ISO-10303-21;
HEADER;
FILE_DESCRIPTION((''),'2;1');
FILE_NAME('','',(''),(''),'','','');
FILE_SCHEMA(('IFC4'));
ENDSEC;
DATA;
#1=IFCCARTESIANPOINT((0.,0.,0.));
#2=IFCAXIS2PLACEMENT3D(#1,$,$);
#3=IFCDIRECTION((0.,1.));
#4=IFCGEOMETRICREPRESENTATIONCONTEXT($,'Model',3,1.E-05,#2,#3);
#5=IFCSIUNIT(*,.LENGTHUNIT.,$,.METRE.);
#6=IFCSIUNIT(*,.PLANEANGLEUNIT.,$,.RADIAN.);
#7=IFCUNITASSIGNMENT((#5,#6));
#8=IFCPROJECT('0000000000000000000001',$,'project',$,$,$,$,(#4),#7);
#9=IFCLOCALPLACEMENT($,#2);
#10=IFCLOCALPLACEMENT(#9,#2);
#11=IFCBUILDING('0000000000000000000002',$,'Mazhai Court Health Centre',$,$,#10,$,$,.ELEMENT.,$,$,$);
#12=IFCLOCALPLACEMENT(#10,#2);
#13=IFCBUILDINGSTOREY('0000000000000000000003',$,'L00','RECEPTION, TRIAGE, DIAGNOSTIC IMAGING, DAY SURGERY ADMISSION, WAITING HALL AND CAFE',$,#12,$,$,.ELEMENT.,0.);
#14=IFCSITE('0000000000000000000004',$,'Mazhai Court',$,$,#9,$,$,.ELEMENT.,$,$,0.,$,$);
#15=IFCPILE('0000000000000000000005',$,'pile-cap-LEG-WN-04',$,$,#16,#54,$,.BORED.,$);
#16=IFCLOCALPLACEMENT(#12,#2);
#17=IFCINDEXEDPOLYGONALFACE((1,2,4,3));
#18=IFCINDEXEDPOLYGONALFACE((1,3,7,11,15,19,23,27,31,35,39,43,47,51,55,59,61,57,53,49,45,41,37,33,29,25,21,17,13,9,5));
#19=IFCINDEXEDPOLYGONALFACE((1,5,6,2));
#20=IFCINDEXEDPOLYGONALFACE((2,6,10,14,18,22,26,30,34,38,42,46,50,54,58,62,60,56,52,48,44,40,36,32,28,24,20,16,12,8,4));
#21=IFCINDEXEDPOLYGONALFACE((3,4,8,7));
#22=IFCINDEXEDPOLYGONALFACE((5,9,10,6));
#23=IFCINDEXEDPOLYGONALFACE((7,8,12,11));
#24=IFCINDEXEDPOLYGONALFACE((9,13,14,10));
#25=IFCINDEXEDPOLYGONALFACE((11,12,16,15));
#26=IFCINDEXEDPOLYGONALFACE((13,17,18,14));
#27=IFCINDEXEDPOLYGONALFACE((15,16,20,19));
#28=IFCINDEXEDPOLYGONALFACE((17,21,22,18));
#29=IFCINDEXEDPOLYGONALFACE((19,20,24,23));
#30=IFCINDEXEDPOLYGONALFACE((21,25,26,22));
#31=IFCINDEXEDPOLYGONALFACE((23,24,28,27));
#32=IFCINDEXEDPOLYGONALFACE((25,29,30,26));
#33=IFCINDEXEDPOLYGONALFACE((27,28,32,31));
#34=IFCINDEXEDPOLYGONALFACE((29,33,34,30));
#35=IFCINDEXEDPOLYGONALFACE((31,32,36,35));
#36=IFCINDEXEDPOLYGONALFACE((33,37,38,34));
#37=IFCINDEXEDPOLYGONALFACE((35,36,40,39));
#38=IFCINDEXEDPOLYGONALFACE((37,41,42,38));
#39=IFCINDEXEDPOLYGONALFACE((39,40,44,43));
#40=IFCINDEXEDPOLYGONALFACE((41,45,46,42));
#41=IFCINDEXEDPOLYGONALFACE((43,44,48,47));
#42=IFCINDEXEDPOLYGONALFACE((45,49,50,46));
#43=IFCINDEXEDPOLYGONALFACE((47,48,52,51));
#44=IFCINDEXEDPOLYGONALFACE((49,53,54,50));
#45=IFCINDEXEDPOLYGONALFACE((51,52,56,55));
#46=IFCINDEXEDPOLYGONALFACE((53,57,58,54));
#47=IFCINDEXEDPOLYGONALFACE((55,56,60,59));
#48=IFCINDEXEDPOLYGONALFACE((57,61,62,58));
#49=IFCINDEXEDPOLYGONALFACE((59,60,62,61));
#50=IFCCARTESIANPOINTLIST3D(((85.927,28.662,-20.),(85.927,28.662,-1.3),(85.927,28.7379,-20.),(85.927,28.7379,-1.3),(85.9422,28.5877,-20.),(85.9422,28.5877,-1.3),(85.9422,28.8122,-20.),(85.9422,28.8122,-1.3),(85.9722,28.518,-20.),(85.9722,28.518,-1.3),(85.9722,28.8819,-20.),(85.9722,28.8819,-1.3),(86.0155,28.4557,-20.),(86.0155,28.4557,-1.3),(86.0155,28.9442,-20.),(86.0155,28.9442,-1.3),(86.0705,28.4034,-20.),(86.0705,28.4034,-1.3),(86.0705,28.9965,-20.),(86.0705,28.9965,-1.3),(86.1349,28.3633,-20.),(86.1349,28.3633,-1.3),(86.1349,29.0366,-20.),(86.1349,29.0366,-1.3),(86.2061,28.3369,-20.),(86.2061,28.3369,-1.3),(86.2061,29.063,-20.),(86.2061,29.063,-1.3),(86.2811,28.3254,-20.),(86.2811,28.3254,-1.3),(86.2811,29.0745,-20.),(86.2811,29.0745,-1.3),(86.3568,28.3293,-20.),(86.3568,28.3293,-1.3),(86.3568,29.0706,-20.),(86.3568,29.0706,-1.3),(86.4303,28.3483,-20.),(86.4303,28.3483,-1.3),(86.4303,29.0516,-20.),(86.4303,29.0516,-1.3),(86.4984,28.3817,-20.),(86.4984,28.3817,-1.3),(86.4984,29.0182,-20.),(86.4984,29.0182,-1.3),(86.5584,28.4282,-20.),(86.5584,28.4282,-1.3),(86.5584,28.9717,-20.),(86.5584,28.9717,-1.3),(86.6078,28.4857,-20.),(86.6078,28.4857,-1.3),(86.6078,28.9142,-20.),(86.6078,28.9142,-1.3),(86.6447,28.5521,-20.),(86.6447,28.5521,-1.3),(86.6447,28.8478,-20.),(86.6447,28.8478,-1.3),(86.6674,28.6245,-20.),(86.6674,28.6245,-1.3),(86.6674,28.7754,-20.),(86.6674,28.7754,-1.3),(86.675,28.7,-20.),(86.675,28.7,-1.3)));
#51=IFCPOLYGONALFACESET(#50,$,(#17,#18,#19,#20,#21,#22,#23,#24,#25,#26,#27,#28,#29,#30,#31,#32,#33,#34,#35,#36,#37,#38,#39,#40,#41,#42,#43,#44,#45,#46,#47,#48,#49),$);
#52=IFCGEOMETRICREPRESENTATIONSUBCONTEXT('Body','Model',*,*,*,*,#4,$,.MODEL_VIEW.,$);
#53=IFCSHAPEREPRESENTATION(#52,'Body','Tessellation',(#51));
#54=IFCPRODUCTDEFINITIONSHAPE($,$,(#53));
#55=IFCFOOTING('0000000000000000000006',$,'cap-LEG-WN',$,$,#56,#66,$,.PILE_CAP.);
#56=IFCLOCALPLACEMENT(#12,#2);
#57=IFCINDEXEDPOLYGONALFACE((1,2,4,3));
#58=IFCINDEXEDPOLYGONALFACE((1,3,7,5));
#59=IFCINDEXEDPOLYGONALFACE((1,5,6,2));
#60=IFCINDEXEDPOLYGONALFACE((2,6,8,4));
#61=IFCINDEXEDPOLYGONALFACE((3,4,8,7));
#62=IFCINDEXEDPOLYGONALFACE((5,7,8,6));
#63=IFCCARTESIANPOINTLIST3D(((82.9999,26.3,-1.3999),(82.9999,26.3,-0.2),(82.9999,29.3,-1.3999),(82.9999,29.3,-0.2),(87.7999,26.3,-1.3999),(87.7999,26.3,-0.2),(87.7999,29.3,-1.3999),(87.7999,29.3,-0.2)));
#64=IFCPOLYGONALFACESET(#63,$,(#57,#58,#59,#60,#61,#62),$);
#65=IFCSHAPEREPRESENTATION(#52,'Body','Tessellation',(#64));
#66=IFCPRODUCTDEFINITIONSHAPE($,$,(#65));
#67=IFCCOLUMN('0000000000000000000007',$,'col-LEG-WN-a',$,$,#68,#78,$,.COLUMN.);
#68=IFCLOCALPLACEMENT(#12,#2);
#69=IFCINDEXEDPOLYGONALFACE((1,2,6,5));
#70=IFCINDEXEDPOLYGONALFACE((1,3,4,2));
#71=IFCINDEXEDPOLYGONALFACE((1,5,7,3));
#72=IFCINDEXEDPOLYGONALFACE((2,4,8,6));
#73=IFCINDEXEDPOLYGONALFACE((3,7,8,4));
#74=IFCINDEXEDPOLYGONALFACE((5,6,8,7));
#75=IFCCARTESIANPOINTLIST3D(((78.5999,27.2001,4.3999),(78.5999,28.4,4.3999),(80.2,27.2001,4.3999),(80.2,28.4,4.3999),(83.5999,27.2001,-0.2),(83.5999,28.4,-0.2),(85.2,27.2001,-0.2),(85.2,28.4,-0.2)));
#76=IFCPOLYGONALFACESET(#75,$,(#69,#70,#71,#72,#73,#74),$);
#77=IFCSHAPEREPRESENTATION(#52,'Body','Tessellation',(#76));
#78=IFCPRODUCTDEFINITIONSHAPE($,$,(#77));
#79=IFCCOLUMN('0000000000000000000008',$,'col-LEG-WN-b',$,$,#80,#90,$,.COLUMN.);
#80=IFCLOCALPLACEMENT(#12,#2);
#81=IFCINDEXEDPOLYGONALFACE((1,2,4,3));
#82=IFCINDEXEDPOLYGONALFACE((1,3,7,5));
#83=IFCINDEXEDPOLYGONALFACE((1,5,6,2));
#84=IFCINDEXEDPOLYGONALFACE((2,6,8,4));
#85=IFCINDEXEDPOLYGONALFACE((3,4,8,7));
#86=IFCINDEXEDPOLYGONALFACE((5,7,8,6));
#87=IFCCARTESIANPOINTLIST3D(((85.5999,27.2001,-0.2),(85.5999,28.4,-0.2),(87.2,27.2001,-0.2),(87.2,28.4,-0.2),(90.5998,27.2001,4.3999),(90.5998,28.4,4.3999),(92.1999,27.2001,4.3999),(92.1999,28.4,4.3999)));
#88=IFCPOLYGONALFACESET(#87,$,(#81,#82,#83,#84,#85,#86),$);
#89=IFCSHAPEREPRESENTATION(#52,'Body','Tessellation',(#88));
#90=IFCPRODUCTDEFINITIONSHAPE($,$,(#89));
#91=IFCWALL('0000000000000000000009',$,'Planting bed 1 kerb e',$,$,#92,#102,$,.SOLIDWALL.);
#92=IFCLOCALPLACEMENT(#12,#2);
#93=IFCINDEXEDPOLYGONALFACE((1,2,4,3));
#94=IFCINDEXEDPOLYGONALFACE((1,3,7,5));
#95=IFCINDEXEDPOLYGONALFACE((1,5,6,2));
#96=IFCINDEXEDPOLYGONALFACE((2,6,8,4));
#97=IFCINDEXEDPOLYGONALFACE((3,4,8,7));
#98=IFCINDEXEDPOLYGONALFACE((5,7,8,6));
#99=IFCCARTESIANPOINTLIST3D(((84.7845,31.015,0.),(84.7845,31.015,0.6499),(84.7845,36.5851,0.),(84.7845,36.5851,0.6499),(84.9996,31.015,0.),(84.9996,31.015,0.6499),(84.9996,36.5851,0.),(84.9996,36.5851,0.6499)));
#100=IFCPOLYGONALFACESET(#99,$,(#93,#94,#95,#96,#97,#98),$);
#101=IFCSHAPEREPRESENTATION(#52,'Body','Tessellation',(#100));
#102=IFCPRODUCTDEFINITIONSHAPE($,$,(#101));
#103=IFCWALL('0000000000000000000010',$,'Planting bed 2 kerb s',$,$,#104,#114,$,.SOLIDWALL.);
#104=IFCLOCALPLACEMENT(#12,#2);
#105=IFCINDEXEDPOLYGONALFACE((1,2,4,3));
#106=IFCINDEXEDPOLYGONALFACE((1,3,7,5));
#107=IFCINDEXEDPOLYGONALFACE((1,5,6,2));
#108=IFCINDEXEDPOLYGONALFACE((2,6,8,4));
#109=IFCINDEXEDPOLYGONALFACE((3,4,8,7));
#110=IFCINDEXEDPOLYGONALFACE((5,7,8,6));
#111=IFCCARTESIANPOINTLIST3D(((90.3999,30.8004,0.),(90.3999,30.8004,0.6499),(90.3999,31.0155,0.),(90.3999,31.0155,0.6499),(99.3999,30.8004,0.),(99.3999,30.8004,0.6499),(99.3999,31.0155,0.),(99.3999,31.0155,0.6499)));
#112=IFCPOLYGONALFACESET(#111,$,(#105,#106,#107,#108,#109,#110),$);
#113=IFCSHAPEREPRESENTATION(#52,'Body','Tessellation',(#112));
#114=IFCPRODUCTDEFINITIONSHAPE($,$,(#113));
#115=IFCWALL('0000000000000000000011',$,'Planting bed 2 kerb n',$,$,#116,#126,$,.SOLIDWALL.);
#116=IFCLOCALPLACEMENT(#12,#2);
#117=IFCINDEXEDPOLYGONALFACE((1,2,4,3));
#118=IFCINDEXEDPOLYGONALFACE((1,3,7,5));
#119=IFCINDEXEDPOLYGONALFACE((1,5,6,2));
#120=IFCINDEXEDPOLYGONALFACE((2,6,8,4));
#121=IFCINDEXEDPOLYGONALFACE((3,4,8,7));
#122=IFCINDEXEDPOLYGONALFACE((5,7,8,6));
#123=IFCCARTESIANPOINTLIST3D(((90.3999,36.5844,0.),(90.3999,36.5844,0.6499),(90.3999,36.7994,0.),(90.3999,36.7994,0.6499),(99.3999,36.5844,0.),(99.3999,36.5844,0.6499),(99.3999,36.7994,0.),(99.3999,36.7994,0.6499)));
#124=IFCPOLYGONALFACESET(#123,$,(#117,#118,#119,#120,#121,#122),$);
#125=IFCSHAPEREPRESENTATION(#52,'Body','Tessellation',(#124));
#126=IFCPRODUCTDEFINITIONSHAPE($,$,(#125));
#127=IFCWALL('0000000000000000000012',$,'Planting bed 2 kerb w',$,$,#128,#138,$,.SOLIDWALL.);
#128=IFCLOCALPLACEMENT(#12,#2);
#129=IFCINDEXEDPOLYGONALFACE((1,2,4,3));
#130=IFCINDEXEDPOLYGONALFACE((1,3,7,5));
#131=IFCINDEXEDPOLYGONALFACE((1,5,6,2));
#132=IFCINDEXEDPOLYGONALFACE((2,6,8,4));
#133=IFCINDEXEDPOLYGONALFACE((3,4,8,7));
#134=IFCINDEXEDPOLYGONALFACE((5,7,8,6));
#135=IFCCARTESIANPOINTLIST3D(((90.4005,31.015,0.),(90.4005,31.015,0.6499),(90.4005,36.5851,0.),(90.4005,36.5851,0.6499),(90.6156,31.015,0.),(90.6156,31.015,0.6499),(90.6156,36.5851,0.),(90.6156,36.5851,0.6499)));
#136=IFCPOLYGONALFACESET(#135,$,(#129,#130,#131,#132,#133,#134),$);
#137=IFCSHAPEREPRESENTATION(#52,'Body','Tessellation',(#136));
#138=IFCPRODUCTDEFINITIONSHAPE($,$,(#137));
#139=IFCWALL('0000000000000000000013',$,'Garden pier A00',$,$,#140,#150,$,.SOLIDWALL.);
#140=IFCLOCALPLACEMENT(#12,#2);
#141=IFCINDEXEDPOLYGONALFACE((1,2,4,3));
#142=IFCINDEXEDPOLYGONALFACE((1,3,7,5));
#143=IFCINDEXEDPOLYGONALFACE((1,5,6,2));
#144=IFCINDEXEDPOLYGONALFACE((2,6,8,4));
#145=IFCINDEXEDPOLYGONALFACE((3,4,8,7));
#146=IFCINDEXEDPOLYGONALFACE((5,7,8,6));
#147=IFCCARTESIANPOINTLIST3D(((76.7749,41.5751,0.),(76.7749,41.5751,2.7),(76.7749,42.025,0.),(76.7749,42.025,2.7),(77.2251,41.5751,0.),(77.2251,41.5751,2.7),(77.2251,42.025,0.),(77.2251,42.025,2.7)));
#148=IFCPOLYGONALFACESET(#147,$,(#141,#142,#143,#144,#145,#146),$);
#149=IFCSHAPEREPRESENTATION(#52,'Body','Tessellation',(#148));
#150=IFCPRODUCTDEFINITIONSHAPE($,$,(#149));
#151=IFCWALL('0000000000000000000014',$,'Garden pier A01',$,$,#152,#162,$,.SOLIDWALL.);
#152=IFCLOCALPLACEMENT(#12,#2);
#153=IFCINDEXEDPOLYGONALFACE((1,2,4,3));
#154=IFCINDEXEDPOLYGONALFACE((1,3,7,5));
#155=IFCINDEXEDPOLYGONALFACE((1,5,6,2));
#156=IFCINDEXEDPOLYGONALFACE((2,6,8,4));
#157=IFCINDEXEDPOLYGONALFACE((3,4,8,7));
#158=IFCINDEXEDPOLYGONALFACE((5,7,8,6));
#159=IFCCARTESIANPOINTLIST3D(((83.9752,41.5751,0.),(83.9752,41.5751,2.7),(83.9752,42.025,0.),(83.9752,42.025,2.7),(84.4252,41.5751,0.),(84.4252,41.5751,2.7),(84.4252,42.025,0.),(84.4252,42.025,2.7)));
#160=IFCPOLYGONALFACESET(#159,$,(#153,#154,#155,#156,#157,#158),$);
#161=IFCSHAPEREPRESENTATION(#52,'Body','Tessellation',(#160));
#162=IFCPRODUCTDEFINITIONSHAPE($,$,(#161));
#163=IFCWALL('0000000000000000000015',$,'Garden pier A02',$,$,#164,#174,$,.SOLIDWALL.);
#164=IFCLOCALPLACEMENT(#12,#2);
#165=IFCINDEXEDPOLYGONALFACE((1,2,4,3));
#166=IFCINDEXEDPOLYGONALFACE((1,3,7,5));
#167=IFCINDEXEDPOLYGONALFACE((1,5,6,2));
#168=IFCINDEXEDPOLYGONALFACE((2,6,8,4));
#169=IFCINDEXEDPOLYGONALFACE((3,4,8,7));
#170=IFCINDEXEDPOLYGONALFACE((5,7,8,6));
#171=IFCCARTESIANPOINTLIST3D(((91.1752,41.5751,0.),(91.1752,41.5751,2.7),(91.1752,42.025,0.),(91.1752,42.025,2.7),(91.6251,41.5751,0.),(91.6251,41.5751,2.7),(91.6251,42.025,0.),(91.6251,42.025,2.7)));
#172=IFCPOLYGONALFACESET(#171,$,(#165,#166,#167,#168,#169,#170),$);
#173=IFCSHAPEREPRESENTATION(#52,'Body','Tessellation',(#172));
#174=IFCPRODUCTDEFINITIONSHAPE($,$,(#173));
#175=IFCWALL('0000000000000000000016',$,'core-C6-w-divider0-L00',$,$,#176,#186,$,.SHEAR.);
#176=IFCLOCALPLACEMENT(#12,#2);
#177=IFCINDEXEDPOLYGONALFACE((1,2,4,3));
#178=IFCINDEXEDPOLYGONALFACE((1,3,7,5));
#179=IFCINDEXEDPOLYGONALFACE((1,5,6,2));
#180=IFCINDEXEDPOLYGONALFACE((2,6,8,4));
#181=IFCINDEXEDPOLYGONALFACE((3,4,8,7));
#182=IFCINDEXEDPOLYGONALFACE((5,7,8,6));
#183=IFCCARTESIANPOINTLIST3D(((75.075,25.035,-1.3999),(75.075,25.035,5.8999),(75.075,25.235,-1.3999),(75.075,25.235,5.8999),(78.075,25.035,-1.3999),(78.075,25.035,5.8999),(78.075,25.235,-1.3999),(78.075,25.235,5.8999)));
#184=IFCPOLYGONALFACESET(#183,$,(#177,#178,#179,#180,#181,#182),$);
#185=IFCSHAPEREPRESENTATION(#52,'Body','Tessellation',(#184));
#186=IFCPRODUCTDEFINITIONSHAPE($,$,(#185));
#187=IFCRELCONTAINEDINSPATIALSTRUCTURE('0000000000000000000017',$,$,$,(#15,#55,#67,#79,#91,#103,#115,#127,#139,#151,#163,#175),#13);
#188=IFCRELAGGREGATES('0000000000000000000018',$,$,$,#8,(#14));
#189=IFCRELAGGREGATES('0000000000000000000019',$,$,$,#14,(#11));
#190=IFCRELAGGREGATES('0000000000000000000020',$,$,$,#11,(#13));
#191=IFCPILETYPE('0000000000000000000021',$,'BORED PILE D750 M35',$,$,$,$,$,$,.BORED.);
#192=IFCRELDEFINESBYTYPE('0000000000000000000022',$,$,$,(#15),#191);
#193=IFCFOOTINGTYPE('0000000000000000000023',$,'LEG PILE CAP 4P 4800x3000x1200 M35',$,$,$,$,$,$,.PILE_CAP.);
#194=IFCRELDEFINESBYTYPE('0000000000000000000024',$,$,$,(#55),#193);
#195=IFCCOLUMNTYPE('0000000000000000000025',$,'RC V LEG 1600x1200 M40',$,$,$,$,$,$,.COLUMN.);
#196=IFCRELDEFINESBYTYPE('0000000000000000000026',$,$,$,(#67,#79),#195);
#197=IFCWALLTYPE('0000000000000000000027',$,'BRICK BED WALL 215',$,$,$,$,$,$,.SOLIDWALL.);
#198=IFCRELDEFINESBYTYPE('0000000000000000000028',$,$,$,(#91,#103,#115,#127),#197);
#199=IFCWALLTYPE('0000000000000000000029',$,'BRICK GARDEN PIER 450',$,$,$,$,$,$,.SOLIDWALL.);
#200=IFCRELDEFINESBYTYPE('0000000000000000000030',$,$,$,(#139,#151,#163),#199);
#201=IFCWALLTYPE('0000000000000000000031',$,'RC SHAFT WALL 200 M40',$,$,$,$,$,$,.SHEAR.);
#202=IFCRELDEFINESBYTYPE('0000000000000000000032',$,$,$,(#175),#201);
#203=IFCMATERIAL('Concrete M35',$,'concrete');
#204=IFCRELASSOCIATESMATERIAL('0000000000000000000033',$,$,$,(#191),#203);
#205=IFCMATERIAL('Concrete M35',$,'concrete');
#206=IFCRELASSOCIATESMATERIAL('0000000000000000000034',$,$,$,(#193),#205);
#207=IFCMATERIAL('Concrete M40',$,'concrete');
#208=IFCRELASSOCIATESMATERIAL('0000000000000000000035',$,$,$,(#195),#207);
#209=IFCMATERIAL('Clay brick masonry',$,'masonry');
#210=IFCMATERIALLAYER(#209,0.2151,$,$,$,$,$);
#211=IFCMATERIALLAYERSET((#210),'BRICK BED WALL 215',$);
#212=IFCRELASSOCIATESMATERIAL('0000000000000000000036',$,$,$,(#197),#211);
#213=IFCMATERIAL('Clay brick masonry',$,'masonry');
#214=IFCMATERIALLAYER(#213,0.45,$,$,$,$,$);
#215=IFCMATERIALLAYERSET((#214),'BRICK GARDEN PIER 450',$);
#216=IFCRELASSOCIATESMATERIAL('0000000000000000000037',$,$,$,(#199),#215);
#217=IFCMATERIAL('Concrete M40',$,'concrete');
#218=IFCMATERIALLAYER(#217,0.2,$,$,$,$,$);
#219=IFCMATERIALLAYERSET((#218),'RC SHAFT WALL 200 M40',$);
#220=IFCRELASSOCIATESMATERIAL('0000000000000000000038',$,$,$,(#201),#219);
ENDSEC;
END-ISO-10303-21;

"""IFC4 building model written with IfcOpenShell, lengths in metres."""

from ifc_helpers import new_model, si_unit, direction, frame, frame_2d, origin, origin_2d, place, context, subcontext, project, spatial, rectangle, circle, extrude, material, layer, layer_set, material_profile, profile_set, type_object, element, save


model = new_model("IFC4")

# Units and contexts
model_context = context("Model", 3, precision=1e-05, world=origin(), true_north=direction((0.0, 1.0)))
body_context = subcontext(model_context, "Body", "Model", "MODEL_VIEW")
ifc_project = project(units=[si_unit("LENGTHUNIT", "METRE"), si_unit("PLANEANGLEUNIT", "RADIAN")], contexts=[model_context])

# Site, building, storey
site_placement = place(None, origin())
site = spatial("IfcSite", under=ifc_project, at=site_placement, Name="Mazhai Court", CompositionType="ELEMENT", RefElevation=0.0)
building_placement = place(site_placement, origin())
building = spatial("IfcBuilding", under=site, at=building_placement, Name="Mazhai Court Health Centre", CompositionType="ELEMENT")
storey_placement = place(building_placement, origin())
storey = spatial("IfcBuildingStorey", under=building, at=storey_placement, Name="L00", Description="RECEPTION, TRIAGE, DIAGNOSTIC IMAGING, DAY SURGERY ADMISSION, WAITING HALL AND CAFE", CompositionType="ELEMENT", Elevation=0.0)

# Pile
ifc_material_1 = material(Name="Concrete M35", Category="concrete")
ifc_material_profile_1 = material_profile(ifc_material_1, circle(Radius=0.375, at=origin_2d()), Name="RC PILE D750")
ifc_profile_set_1 = profile_set([ifc_material_profile_1], Name="Concrete M35")
pile_type_1 = type_object("IfcPileType", Name="BORED PILE D750 M35", PredefinedType="BORED", material=ifc_profile_set_1)
for number, where, z_axis, x_axis, name in (
    (1, (86.3, 28.7, -1.3), (0.0, 0.0, -1.0), (1.0, 0.0, 0.0), "pile-cap-LEG-WN-04"),
):
    element("IfcPile", number, at=place(storey_placement, frame(where, z_axis=z_axis, x_axis=x_axis)), inside=storey, type_object=pile_type_1, Name=name, PredefinedType="BORED", context=body_context, shape_type="SweptSolid", body=[
        extrude(circle(Radius=0.375, at=origin_2d()), origin(), (0.0, 0.0, 1.0), 18.7),
    ])

# Footing
ifc_material_2 = material(Name="Concrete M35", Category="concrete")
footing_type = type_object("IfcFootingType", Name="LEG PILE CAP 4P 4800x3000x1200 M35", PredefinedType="PILE_CAP", material=ifc_material_2)
footing_placement = place(storey_placement, frame((85.3999, 27.8, -1.3999), z_axis=(0.0, 0.0, 1.0), x_axis=(1.0, 0.0, 0.0)))
element("IfcFooting", 2, at=footing_placement, inside=storey, type_object=footing_type, Name="cap-LEG-WN", PredefinedType="PILE_CAP", context=body_context, shape_type="SweptSolid", body=[
    extrude(rectangle(XDim=4.8, YDim=3.0, at=origin_2d()), origin(), (0.0, 0.0, 1.0), 1.2),
])

# Columns
ifc_material_3 = material(Name="Concrete M40", Category="concrete")
ifc_material_profile_2 = material_profile(ifc_material_3, rectangle(XDim=1.6001, YDim=1.2, at=origin_2d()), Name="RC 1600x1200")
ifc_profile_set_2 = profile_set([ifc_material_profile_2], Name="Concrete M40")
column_type = type_object("IfcColumnType", Name="RC V LEG 1600x1200 M40", PredefinedType="COLUMN", material=ifc_profile_set_2)
column_1_placement = place(storey_placement, frame((84.3999, 27.8, -0.2), z_axis=(0.0, 0.0, 1.0), x_axis=(1.0, 0.0, 0.0)))
element("IfcColumn", 3, at=column_1_placement, inside=storey, type_object=column_type, Name="col-LEG-WN-a", PredefinedType="COLUMN", context=body_context, shape_type="SweptSolid", body=[
    extrude(rectangle(XDim=1.6001, YDim=1.2, at=origin_2d()), origin(), (-0.735942, 0.0, 0.677045), 6.7939),
])
column_2_placement = place(storey_placement, frame((86.3999, 27.8, -0.2), z_axis=(0.0, 0.0, 1.0), x_axis=(1.0, 0.0, 0.0)))
element("IfcColumn", 4, at=column_2_placement, inside=storey, type_object=column_type, Name="col-LEG-WN-b", PredefinedType="COLUMN", context=body_context, shape_type="SweptSolid", body=[
    extrude(rectangle(XDim=1.6001, YDim=1.2, at=origin_2d()), origin(), (0.735942, 0.0, 0.677045), 6.7939),
])

# Walls
ifc_material_4 = material(Name="Clay brick masonry", Category="masonry")
ifc_layer_1 = layer(ifc_material_4, 0.2151)
ifc_layer_set_1 = layer_set([ifc_layer_1], Name="BRICK BED WALL 215")
wall_type_1 = type_object("IfcWallType", Name="BRICK BED WALL 215", PredefinedType="SOLIDWALL", material=ifc_layer_set_1)
wall_1_placement = place(storey_placement, frame((84.8921, 31.0149, 0.0), z_axis=(0.0, 0.0, 1.0), x_axis=(0.0, 1.0, 0.0)))
element("IfcWall", 5, at=wall_1_placement, inside=storey, type_object=wall_type_1, Name="Planting bed 1 kerb e", PredefinedType="SOLIDWALL", context=body_context, shape_type="SweptSolid", body=[
    extrude(rectangle(XDim=5.5701, YDim=0.2151, at=frame_2d((2.7852, 0.0))), origin(), (0.0, 0.0, 1.0), 0.6499),
])
for number, where, z_axis, x_axis, name in (
    (6, (90.3999, 30.908, 0.0), (0.0, 0.0, 1.0), (1.0, 0.0, 0.0), "Planting bed 2 kerb s"),
    (7, (90.3999, 36.6919, 0.0), (0.0, 0.0, 1.0), (1.0, 0.0, 0.0), "Planting bed 2 kerb n"),
):
    element("IfcWall", number, at=place(storey_placement, frame(where, z_axis=z_axis, x_axis=x_axis)), inside=storey, type_object=wall_type_1, Name=name, PredefinedType="SOLIDWALL", context=body_context, shape_type="SweptSolid", body=[
        extrude(rectangle(XDim=9.0, YDim=0.2151, at=frame_2d((4.5, 0.0))), origin(), (0.0, 0.0, 1.0), 0.6499),
    ])
wall_2_placement = place(storey_placement, frame((90.5081, 31.0149, 0.0), z_axis=(0.0, 0.0, 1.0), x_axis=(0.0, 1.0, 0.0)))
element("IfcWall", 8, at=wall_2_placement, inside=storey, type_object=wall_type_1, Name="Planting bed 2 kerb w", PredefinedType="SOLIDWALL", context=body_context, shape_type="SweptSolid", body=[
    extrude(rectangle(XDim=5.5701, YDim=0.2151, at=frame_2d((2.7852, 0.0))), origin(), (0.0, 0.0, 1.0), 0.6499),
])
ifc_material_5 = material(Name="Clay brick masonry", Category="masonry")
ifc_layer_2 = layer(ifc_material_5, 0.45)
ifc_layer_set_2 = layer_set([ifc_layer_2], Name="BRICK GARDEN PIER 450")
wall_type_2 = type_object("IfcWallType", Name="BRICK GARDEN PIER 450", PredefinedType="SOLIDWALL", material=ifc_layer_set_2)
wall_3_placement = place(storey_placement, frame((76.7749, 41.8, 0.0), z_axis=(0.0, 0.0, 1.0), x_axis=(1.0, 0.0, 0.0)))
element("IfcWall", 9, at=wall_3_placement, inside=storey, type_object=wall_type_2, Name="Garden pier A00", PredefinedType="SOLIDWALL", context=body_context, shape_type="SweptSolid", body=[
    extrude(rectangle(XDim=0.4502, YDim=0.45, at=frame_2d((0.2251, 0.0))), origin(), (0.0, 0.0, 1.0), 2.7),
])
for number, where, z_axis, x_axis, name in (
    (10, (83.9751, 41.8, 0.0), (0.0, 0.0, 1.0), (1.0, 0.0, 0.0), "Garden pier A01"),
    (11, (91.175, 41.8, 0.0), (0.0, 0.0, 1.0), (1.0, 0.0, 0.0), "Garden pier A02"),
):
    element("IfcWall", number, at=place(storey_placement, frame(where, z_axis=z_axis, x_axis=x_axis)), inside=storey, type_object=wall_type_2, Name=name, PredefinedType="SOLIDWALL", context=body_context, shape_type="SweptSolid", body=[
        extrude(rectangle(XDim=0.45, YDim=0.45, at=frame_2d((0.2251, 0.0))), origin(), (0.0, 0.0, 1.0), 2.7),
    ])
ifc_material_6 = material(Name="Concrete M40", Category="concrete")
ifc_layer_3 = layer(ifc_material_6, 0.2)
ifc_layer_set_3 = layer_set([ifc_layer_3], Name="RC SHAFT WALL 200 M40")
wall_type_3 = type_object("IfcWallType", Name="RC SHAFT WALL 200 M40", PredefinedType="SHEAR", material=ifc_layer_set_3)
wall_4_placement = place(storey_placement, frame((78.075, 25.135, -1.3999), z_axis=(0.0, 0.0, 1.0), x_axis=(-1.0, 0.0, 0.0)))
element("IfcWall", 12, at=wall_4_placement, inside=storey, type_object=wall_type_3, Name="core-C6-w-divider0-L00", PredefinedType="SHEAR", context=body_context, shape_type="SweptSolid", body=[
    extrude(rectangle(XDim=3.0, YDim=0.2, at=frame_2d((1.5, 0.0))), origin(), (0.0, 0.0, 1.0), 7.2998),
])

save(model, "model.ifc")
